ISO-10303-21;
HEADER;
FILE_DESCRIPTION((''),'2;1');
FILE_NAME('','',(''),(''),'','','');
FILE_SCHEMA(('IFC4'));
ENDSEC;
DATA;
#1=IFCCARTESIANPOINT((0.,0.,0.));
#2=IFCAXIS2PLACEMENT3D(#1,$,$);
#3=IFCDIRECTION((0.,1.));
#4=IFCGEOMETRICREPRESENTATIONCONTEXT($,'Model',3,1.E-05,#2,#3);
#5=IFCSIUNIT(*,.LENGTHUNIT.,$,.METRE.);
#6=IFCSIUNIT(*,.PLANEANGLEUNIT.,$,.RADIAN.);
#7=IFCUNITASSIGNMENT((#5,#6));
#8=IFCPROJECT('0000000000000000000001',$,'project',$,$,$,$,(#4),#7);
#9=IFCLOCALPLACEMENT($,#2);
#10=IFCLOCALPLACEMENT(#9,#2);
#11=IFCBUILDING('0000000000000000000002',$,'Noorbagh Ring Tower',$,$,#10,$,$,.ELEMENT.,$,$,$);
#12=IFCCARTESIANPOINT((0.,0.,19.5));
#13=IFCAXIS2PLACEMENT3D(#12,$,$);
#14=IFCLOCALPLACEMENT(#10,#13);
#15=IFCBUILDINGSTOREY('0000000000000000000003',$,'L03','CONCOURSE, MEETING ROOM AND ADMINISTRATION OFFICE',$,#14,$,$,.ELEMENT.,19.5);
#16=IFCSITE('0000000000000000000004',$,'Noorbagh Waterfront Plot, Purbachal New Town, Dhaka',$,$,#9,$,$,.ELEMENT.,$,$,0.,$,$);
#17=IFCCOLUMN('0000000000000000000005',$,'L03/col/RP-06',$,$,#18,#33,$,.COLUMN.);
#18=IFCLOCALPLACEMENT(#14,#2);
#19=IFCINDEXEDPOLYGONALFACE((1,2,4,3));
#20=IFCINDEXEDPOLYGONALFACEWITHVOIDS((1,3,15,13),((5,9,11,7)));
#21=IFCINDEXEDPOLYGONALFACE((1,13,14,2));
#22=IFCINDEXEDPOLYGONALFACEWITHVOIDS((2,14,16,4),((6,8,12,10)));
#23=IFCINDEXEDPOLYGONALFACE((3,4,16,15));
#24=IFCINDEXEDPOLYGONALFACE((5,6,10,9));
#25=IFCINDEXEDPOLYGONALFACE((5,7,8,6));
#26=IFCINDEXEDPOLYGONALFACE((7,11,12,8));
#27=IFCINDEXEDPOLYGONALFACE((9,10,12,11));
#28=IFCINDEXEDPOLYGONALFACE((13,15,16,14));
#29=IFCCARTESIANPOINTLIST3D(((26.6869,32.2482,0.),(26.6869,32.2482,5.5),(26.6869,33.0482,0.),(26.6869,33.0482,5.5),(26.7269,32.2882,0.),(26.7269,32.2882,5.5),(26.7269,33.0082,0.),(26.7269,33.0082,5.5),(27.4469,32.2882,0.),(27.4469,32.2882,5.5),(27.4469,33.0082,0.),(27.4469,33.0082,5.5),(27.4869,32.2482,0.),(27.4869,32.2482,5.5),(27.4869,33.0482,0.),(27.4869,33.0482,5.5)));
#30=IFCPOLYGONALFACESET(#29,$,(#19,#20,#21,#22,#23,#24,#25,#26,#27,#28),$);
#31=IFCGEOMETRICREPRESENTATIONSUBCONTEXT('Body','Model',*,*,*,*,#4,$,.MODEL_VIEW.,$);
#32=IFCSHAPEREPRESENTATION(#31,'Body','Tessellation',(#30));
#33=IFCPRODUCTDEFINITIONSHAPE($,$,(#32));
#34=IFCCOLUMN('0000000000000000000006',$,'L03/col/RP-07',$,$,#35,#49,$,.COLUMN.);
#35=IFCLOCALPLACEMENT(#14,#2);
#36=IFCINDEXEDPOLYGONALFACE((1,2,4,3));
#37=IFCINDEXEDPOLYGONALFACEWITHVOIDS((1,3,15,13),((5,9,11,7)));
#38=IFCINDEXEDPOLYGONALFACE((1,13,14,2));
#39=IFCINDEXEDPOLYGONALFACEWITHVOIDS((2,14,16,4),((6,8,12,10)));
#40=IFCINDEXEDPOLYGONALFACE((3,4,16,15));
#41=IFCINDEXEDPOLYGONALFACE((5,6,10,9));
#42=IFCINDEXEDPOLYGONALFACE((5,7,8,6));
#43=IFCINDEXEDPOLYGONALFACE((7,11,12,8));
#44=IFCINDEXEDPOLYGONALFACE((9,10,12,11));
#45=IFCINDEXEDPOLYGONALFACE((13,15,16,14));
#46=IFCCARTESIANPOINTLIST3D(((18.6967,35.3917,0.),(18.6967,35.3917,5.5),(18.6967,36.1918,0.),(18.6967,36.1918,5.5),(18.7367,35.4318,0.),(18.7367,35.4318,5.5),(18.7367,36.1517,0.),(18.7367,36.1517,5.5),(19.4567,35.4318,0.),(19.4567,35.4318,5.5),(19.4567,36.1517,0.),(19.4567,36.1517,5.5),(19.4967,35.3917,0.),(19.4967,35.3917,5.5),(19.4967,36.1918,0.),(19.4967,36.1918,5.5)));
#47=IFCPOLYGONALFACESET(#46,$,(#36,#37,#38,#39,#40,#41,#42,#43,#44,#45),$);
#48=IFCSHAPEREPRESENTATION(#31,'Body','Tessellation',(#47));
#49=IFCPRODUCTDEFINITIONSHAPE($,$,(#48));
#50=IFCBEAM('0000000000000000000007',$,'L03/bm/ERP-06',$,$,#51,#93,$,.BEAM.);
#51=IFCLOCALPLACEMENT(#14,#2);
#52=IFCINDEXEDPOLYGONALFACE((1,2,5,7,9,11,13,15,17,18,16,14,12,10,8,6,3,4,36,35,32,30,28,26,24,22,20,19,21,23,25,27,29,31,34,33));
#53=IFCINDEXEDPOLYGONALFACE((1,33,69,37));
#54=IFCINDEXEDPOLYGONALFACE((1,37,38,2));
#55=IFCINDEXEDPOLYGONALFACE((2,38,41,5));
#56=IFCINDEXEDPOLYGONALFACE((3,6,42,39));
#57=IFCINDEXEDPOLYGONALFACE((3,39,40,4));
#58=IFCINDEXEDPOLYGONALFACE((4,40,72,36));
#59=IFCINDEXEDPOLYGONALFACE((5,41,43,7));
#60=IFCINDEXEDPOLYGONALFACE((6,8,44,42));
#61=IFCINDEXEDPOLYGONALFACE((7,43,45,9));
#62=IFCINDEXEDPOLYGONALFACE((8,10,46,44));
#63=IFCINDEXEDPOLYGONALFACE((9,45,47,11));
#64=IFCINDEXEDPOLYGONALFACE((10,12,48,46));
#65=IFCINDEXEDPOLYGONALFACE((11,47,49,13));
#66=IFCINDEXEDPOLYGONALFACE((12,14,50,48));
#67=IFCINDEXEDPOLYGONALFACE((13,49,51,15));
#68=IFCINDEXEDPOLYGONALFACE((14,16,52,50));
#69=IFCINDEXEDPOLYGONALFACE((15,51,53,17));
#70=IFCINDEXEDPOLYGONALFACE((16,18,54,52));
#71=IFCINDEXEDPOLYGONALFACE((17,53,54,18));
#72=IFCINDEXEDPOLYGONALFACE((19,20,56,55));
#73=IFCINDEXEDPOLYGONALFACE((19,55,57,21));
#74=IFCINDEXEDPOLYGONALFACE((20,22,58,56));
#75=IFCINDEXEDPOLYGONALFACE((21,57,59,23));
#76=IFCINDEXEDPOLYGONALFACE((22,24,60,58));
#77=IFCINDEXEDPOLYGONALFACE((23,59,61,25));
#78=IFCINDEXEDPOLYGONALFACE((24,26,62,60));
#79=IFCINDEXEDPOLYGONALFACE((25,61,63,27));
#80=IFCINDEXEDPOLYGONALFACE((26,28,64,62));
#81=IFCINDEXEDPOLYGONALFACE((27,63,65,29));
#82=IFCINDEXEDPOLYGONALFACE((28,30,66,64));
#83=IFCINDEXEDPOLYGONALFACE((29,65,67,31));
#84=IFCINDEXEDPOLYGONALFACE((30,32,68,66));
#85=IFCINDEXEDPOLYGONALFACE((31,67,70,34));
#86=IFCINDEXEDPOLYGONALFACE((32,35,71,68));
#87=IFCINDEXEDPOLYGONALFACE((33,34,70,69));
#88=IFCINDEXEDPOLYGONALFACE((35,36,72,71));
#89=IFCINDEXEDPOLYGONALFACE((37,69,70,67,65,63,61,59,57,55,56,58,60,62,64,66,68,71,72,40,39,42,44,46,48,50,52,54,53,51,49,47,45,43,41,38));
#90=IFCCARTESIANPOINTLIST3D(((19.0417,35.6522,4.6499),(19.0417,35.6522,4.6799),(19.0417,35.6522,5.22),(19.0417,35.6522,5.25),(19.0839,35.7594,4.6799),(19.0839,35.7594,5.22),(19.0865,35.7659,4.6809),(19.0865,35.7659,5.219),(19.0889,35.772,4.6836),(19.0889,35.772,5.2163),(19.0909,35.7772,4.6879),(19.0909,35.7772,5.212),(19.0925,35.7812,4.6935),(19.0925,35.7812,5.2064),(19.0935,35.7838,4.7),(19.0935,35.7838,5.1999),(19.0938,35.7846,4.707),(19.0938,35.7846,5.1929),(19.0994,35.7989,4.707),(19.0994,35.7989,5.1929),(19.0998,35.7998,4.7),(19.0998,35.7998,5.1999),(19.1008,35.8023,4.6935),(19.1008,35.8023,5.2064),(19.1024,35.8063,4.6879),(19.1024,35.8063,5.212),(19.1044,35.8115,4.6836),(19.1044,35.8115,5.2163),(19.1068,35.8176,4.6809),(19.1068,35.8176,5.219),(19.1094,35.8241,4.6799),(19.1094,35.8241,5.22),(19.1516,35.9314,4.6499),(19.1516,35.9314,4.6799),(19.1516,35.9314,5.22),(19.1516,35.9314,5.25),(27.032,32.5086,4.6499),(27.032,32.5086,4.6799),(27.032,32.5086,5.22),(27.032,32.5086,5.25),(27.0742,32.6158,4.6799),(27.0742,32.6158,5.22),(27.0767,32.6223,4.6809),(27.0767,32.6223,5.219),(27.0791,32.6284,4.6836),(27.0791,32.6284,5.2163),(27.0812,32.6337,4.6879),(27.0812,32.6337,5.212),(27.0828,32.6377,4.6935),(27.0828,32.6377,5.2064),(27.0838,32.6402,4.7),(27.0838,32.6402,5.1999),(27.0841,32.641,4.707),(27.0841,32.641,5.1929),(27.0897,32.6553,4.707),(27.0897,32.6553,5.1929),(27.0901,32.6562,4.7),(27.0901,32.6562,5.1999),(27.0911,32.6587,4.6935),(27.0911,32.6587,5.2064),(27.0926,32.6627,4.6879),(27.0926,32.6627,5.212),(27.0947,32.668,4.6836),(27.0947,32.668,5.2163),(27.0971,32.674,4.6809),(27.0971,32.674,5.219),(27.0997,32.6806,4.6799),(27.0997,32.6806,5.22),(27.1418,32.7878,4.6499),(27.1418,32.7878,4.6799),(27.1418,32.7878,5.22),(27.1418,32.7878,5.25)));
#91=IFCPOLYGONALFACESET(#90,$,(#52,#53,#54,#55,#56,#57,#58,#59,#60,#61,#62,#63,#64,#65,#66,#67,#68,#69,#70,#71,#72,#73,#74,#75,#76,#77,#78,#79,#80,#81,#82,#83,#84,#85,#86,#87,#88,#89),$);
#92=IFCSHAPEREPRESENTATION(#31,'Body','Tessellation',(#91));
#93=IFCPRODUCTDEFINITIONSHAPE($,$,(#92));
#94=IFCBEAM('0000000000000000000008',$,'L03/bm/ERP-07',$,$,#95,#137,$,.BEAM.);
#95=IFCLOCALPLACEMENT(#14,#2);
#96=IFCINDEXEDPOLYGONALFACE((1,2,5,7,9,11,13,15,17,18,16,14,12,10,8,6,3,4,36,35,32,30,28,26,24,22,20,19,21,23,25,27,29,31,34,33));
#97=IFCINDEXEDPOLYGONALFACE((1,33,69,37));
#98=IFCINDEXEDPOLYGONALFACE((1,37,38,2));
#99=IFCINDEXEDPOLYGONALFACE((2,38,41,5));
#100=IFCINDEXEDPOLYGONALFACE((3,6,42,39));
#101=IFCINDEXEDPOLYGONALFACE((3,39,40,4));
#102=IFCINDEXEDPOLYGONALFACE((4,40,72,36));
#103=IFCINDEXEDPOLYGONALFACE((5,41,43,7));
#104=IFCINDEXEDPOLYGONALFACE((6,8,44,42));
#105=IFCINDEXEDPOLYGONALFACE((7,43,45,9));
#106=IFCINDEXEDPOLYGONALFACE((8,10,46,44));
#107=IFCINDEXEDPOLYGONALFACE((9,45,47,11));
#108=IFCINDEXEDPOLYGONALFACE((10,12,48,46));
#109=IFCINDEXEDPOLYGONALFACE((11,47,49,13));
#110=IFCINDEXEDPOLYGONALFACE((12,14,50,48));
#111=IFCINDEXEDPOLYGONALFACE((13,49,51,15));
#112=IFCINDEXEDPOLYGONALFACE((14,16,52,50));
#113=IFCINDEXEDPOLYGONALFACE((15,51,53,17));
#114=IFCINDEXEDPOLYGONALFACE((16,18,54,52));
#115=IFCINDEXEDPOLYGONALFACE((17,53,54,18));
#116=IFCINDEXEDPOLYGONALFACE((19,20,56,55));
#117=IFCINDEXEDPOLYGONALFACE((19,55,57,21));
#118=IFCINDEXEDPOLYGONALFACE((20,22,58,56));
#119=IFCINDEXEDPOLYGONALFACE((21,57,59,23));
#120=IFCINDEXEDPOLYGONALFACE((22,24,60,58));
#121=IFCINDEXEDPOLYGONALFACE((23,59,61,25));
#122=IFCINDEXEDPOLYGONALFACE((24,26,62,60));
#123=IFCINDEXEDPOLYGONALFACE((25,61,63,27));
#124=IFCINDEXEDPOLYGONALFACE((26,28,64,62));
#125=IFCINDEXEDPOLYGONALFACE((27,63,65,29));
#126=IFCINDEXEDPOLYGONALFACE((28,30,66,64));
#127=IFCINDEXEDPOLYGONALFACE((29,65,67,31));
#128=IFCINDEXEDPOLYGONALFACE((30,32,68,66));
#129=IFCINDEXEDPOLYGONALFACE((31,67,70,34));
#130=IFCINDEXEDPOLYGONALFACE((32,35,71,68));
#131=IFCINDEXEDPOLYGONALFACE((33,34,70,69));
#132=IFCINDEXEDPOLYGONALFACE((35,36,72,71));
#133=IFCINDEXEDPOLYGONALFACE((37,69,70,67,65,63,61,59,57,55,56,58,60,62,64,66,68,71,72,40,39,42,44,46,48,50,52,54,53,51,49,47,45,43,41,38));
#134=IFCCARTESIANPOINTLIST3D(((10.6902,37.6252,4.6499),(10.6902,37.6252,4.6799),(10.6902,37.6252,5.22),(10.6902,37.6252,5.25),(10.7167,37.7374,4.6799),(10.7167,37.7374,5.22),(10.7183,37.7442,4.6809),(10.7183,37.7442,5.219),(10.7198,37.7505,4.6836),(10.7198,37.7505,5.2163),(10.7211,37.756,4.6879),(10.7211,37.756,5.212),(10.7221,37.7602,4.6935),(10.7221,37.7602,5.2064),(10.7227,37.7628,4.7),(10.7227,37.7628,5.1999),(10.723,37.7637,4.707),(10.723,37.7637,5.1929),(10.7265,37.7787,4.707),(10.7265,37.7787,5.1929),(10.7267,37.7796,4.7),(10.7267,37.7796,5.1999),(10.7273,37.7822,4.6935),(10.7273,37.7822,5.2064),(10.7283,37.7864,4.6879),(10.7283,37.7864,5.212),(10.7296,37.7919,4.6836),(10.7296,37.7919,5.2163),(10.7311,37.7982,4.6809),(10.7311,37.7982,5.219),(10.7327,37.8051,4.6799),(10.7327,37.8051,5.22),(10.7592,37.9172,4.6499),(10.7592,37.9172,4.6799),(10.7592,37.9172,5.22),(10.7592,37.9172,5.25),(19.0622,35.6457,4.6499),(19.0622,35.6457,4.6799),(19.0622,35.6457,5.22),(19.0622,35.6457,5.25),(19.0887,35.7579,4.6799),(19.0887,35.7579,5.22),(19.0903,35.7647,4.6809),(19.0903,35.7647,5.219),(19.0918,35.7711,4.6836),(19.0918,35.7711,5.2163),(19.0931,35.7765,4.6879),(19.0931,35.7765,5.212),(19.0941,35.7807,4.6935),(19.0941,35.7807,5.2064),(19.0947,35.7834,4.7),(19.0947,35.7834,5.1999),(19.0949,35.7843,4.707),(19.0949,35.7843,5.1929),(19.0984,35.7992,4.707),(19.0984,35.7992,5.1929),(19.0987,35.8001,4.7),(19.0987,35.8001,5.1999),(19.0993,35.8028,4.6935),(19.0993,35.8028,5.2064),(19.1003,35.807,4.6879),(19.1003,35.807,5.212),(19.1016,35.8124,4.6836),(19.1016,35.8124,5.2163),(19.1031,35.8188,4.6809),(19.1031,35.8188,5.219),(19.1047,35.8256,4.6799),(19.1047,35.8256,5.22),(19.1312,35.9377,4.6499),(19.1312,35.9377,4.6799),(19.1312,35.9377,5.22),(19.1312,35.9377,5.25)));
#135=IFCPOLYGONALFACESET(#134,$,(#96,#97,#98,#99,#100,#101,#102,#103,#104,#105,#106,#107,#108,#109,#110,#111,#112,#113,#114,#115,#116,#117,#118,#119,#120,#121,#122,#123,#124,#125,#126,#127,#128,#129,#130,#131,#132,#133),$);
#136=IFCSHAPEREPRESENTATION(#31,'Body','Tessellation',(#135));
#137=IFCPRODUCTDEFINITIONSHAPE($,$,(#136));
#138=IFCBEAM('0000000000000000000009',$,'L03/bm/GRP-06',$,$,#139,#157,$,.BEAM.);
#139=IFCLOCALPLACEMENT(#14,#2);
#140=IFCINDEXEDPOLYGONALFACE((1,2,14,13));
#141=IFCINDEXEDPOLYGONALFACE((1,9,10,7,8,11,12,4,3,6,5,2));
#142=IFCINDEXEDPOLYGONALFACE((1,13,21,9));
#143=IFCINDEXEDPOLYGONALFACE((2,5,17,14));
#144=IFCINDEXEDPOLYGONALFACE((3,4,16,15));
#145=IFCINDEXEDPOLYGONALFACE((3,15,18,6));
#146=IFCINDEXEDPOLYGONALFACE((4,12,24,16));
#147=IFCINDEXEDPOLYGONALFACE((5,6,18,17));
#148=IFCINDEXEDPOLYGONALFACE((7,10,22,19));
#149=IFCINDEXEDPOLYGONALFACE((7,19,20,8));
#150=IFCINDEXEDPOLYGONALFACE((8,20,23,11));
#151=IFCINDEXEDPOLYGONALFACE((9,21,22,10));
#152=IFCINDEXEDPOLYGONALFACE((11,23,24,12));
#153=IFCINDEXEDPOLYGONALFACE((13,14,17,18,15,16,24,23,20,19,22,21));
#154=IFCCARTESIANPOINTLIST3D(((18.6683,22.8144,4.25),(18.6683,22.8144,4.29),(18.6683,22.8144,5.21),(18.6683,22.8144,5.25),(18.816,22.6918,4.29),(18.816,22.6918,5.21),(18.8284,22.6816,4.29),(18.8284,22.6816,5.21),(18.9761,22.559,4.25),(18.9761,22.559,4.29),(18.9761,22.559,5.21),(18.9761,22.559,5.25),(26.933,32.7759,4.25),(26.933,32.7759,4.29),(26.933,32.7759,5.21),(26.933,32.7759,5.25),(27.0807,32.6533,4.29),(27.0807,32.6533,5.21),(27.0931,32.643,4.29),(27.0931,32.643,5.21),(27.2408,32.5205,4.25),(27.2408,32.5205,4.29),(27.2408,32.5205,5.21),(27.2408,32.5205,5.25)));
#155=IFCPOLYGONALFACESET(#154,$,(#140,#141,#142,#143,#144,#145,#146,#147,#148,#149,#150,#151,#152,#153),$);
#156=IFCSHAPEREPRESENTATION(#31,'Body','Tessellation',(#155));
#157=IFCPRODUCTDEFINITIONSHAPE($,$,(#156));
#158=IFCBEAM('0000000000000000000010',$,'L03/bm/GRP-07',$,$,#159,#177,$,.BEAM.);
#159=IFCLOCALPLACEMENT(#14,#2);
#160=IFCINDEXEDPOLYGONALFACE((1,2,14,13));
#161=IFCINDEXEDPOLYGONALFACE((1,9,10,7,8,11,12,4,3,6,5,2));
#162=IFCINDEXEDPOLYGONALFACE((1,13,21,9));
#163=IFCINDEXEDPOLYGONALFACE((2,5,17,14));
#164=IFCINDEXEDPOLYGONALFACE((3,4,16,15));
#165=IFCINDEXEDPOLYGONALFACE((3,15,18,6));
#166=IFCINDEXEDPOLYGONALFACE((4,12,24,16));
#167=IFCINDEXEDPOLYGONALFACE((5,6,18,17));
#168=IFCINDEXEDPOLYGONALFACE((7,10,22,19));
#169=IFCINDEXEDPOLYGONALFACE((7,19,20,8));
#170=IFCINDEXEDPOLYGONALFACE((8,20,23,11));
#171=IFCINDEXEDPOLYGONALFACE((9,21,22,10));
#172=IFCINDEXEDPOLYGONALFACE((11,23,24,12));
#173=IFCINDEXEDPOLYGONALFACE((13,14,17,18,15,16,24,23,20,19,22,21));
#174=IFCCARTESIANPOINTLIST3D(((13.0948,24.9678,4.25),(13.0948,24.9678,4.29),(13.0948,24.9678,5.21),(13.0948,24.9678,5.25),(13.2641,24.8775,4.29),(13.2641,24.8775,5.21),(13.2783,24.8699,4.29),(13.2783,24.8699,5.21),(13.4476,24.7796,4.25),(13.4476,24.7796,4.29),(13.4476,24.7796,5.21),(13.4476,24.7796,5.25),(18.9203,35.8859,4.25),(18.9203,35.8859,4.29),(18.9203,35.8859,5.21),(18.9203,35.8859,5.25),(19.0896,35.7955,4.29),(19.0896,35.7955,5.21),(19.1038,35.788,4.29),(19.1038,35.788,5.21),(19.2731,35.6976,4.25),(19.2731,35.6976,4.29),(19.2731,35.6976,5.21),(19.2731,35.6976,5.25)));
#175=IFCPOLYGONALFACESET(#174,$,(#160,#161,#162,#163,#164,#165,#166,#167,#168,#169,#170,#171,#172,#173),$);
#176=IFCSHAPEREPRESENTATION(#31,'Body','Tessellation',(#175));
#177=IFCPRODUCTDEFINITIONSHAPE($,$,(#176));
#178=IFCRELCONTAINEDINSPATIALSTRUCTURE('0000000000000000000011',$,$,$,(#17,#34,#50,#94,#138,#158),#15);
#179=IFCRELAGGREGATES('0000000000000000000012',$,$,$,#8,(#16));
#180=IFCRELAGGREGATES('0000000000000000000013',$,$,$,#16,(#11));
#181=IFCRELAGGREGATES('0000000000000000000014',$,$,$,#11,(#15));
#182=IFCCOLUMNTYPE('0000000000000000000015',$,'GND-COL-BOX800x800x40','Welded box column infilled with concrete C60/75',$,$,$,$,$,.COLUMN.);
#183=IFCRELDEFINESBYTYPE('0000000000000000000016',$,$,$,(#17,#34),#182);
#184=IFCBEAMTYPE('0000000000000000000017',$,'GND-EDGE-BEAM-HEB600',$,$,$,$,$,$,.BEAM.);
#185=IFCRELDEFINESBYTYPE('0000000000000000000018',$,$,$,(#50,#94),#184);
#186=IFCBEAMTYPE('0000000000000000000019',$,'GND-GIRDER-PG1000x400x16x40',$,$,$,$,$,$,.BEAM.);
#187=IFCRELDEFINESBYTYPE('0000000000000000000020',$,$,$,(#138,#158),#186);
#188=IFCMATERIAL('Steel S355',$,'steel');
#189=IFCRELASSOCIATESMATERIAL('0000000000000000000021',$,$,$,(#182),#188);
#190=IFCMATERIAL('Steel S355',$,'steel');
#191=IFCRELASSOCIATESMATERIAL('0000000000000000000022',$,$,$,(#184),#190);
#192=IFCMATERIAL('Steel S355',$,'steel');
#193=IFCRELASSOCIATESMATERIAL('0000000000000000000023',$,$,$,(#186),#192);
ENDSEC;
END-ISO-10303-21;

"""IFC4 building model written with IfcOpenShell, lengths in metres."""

from ifc_helpers import new_model, si_unit, direction, frame, origin, origin_2d, place, context, subcontext, project, spatial, hollow_rectangle, i_section, extrude, material, material_profile, profile_set, type_object, element, save


model = new_model("IFC4")

# Units and contexts
model_context = context("Model", 3, precision=1e-05, world=origin(), true_north=direction((0.0, 1.0)))
body_context = subcontext(model_context, "Body", "Model", "MODEL_VIEW")
ifc_project = project(units=[si_unit("LENGTHUNIT", "METRE"), si_unit("PLANEANGLEUNIT", "RADIAN")], contexts=[model_context])

# Site, building, storey
site_placement = place(None, origin())
site = spatial("IfcSite", under=ifc_project, at=site_placement, Name="Noorbagh Waterfront Plot, Purbachal New Town, Dhaka", CompositionType="ELEMENT", RefElevation=0.0)
building_placement = place(site_placement, origin())
building = spatial("IfcBuilding", under=site, at=building_placement, Name="Noorbagh Ring Tower", CompositionType="ELEMENT")
storey_placement = place(building_placement, frame((0.0, 0.0, 19.5)))
storey = spatial("IfcBuildingStorey", under=building, at=storey_placement, Name="L03", Description="CONCOURSE, MEETING ROOM AND ADMINISTRATION OFFICE", CompositionType="ELEMENT", Elevation=19.5)

# Columns
ifc_material_1 = material(Name="Steel S355", Category="steel")
ifc_material_profile_1 = material_profile(ifc_material_1, hollow_rectangle(XDim=0.8, YDim=0.8, WallThickness=0.04, at=origin_2d()), Name="BOX800x800x40")
ifc_profile_set_1 = profile_set([ifc_material_profile_1], Name="Steel S355")
column_type = type_object("IfcColumnType", Name="GND-COL-BOX800x800x40", Description="Welded box column infilled with concrete C60/75", PredefinedType="COLUMN", material=ifc_profile_set_1)
for number, where, z_axis, x_axis, name in (
    (1, (27.0869, 32.6482, 0.0), (0.0, 0.0, 1.0), (1.0, 0.0, 0.0), "L03/col/RP-06"),
    (2, (19.0967, 35.7917, 0.0), (0.0, 0.0, 1.0), (1.0, 0.0, 0.0), "L03/col/RP-07"),
):
    element("IfcColumn", number, at=place(storey_placement, frame(where, z_axis=z_axis, x_axis=x_axis)), inside=storey, type_object=column_type, Name=name, PredefinedType="COLUMN", context=body_context, shape_type="SweptSolid", body=[
        extrude(hollow_rectangle(XDim=0.8, YDim=0.8, WallThickness=0.04, at=origin_2d()), origin(), (0.0, 0.0, 1.0), 5.5),
    ])

# Beams
ifc_material_2 = material(Name="Steel S355", Category="steel")
ifc_material_profile_2 = material_profile(ifc_material_2, i_section(OverallWidth=0.3, OverallDepth=0.6001, WebThickness=0.0154, FlangeThickness=0.03, FilletRadius=0.0271, at=origin_2d()), Name="HEB600")
ifc_profile_set_2 = profile_set([ifc_material_profile_2], Name="Steel S355")
beam_type_1 = type_object("IfcBeamType", Name="GND-EDGE-BEAM-HEB600", PredefinedType="BEAM", material=ifc_profile_set_2)
beam_1_placement = place(storey_placement, frame((27.0869, 32.6482, 4.95), z_axis=(-0.930572, 0.36611, 0.0), x_axis=(-0.36611, -0.930572, 0.0)))
element("IfcBeam", 3, at=beam_1_placement, inside=storey, type_object=beam_type_1, Name="L03/bm/ERP-06", PredefinedType="BEAM", context=body_context, shape_type="SweptSolid", body=[
    extrude(i_section(OverallWidth=0.3, OverallDepth=0.6001, WebThickness=0.0154, FlangeThickness=0.03, FilletRadius=0.0271, at=origin_2d()), origin(), (0.0, 0.0, 1.0), 8.5864),
])
beam_2_placement = place(storey_placement, frame((19.0967, 35.7917, 4.95), z_axis=(-0.973168, 0.230096, 0.0), x_axis=(-0.230096, -0.973168, 0.0)))
element("IfcBeam", 4, at=beam_2_placement, inside=storey, type_object=beam_type_1, Name="L03/bm/ERP-07", PredefinedType="BEAM", context=body_context, shape_type="SweptSolid", body=[
    extrude(i_section(OverallWidth=0.3, OverallDepth=0.6001, WebThickness=0.0154, FlangeThickness=0.03, FilletRadius=0.0271, at=origin_2d()), origin(), (0.0, 0.0, 1.0), 8.6028),
])
ifc_material_3 = material(Name="Steel S355", Category="steel")
ifc_material_profile_3 = material_profile(ifc_material_3, i_section(OverallWidth=0.3999, OverallDepth=1.0, WebThickness=0.0161, FlangeThickness=0.04, at=origin_2d()), Name="PG1000x400x16x40")
ifc_profile_set_3 = profile_set([ifc_material_profile_3], Name="Steel S355")
beam_type_2 = type_object("IfcBeamType", Name="GND-GIRDER-PG1000x400x16x40", PredefinedType="BEAM", material=ifc_profile_set_3)
beam_3_placement = place(storey_placement, frame((27.0869, 32.6482, 4.75), z_axis=(-0.638517, -0.769608, 0.0), x_axis=(0.769608, -0.638517, 0.0)))
element("IfcBeam", 5, at=beam_3_placement, inside=storey, type_object=beam_type_2, Name="L03/bm/GRP-06", PredefinedType="BEAM", context=body_context, shape_type="SweptSolid", body=[
    extrude(i_section(OverallWidth=0.3999, OverallDepth=1.0, WebThickness=0.0161, FlangeThickness=0.04, at=origin_2d()), origin(), (0.0, 0.0, 1.0), 12.9436),
])
beam_4_placement = place(storey_placement, frame((19.0967, 35.7917, 4.75), z_axis=(-0.470747, -0.882268, 0.0), x_axis=(0.882268, -0.470747, 0.0)))
element("IfcBeam", 6, at=beam_4_placement, inside=storey, type_object=beam_type_2, Name="L03/bm/GRP-07", PredefinedType="BEAM", context=body_context, shape_type="SweptSolid", body=[
    extrude(i_section(OverallWidth=0.3999, OverallDepth=1.0, WebThickness=0.0161, FlangeThickness=0.04, at=origin_2d()), origin(), (0.0, 0.0, 1.0), 12.375),
])

save(model, "model.ifc")
